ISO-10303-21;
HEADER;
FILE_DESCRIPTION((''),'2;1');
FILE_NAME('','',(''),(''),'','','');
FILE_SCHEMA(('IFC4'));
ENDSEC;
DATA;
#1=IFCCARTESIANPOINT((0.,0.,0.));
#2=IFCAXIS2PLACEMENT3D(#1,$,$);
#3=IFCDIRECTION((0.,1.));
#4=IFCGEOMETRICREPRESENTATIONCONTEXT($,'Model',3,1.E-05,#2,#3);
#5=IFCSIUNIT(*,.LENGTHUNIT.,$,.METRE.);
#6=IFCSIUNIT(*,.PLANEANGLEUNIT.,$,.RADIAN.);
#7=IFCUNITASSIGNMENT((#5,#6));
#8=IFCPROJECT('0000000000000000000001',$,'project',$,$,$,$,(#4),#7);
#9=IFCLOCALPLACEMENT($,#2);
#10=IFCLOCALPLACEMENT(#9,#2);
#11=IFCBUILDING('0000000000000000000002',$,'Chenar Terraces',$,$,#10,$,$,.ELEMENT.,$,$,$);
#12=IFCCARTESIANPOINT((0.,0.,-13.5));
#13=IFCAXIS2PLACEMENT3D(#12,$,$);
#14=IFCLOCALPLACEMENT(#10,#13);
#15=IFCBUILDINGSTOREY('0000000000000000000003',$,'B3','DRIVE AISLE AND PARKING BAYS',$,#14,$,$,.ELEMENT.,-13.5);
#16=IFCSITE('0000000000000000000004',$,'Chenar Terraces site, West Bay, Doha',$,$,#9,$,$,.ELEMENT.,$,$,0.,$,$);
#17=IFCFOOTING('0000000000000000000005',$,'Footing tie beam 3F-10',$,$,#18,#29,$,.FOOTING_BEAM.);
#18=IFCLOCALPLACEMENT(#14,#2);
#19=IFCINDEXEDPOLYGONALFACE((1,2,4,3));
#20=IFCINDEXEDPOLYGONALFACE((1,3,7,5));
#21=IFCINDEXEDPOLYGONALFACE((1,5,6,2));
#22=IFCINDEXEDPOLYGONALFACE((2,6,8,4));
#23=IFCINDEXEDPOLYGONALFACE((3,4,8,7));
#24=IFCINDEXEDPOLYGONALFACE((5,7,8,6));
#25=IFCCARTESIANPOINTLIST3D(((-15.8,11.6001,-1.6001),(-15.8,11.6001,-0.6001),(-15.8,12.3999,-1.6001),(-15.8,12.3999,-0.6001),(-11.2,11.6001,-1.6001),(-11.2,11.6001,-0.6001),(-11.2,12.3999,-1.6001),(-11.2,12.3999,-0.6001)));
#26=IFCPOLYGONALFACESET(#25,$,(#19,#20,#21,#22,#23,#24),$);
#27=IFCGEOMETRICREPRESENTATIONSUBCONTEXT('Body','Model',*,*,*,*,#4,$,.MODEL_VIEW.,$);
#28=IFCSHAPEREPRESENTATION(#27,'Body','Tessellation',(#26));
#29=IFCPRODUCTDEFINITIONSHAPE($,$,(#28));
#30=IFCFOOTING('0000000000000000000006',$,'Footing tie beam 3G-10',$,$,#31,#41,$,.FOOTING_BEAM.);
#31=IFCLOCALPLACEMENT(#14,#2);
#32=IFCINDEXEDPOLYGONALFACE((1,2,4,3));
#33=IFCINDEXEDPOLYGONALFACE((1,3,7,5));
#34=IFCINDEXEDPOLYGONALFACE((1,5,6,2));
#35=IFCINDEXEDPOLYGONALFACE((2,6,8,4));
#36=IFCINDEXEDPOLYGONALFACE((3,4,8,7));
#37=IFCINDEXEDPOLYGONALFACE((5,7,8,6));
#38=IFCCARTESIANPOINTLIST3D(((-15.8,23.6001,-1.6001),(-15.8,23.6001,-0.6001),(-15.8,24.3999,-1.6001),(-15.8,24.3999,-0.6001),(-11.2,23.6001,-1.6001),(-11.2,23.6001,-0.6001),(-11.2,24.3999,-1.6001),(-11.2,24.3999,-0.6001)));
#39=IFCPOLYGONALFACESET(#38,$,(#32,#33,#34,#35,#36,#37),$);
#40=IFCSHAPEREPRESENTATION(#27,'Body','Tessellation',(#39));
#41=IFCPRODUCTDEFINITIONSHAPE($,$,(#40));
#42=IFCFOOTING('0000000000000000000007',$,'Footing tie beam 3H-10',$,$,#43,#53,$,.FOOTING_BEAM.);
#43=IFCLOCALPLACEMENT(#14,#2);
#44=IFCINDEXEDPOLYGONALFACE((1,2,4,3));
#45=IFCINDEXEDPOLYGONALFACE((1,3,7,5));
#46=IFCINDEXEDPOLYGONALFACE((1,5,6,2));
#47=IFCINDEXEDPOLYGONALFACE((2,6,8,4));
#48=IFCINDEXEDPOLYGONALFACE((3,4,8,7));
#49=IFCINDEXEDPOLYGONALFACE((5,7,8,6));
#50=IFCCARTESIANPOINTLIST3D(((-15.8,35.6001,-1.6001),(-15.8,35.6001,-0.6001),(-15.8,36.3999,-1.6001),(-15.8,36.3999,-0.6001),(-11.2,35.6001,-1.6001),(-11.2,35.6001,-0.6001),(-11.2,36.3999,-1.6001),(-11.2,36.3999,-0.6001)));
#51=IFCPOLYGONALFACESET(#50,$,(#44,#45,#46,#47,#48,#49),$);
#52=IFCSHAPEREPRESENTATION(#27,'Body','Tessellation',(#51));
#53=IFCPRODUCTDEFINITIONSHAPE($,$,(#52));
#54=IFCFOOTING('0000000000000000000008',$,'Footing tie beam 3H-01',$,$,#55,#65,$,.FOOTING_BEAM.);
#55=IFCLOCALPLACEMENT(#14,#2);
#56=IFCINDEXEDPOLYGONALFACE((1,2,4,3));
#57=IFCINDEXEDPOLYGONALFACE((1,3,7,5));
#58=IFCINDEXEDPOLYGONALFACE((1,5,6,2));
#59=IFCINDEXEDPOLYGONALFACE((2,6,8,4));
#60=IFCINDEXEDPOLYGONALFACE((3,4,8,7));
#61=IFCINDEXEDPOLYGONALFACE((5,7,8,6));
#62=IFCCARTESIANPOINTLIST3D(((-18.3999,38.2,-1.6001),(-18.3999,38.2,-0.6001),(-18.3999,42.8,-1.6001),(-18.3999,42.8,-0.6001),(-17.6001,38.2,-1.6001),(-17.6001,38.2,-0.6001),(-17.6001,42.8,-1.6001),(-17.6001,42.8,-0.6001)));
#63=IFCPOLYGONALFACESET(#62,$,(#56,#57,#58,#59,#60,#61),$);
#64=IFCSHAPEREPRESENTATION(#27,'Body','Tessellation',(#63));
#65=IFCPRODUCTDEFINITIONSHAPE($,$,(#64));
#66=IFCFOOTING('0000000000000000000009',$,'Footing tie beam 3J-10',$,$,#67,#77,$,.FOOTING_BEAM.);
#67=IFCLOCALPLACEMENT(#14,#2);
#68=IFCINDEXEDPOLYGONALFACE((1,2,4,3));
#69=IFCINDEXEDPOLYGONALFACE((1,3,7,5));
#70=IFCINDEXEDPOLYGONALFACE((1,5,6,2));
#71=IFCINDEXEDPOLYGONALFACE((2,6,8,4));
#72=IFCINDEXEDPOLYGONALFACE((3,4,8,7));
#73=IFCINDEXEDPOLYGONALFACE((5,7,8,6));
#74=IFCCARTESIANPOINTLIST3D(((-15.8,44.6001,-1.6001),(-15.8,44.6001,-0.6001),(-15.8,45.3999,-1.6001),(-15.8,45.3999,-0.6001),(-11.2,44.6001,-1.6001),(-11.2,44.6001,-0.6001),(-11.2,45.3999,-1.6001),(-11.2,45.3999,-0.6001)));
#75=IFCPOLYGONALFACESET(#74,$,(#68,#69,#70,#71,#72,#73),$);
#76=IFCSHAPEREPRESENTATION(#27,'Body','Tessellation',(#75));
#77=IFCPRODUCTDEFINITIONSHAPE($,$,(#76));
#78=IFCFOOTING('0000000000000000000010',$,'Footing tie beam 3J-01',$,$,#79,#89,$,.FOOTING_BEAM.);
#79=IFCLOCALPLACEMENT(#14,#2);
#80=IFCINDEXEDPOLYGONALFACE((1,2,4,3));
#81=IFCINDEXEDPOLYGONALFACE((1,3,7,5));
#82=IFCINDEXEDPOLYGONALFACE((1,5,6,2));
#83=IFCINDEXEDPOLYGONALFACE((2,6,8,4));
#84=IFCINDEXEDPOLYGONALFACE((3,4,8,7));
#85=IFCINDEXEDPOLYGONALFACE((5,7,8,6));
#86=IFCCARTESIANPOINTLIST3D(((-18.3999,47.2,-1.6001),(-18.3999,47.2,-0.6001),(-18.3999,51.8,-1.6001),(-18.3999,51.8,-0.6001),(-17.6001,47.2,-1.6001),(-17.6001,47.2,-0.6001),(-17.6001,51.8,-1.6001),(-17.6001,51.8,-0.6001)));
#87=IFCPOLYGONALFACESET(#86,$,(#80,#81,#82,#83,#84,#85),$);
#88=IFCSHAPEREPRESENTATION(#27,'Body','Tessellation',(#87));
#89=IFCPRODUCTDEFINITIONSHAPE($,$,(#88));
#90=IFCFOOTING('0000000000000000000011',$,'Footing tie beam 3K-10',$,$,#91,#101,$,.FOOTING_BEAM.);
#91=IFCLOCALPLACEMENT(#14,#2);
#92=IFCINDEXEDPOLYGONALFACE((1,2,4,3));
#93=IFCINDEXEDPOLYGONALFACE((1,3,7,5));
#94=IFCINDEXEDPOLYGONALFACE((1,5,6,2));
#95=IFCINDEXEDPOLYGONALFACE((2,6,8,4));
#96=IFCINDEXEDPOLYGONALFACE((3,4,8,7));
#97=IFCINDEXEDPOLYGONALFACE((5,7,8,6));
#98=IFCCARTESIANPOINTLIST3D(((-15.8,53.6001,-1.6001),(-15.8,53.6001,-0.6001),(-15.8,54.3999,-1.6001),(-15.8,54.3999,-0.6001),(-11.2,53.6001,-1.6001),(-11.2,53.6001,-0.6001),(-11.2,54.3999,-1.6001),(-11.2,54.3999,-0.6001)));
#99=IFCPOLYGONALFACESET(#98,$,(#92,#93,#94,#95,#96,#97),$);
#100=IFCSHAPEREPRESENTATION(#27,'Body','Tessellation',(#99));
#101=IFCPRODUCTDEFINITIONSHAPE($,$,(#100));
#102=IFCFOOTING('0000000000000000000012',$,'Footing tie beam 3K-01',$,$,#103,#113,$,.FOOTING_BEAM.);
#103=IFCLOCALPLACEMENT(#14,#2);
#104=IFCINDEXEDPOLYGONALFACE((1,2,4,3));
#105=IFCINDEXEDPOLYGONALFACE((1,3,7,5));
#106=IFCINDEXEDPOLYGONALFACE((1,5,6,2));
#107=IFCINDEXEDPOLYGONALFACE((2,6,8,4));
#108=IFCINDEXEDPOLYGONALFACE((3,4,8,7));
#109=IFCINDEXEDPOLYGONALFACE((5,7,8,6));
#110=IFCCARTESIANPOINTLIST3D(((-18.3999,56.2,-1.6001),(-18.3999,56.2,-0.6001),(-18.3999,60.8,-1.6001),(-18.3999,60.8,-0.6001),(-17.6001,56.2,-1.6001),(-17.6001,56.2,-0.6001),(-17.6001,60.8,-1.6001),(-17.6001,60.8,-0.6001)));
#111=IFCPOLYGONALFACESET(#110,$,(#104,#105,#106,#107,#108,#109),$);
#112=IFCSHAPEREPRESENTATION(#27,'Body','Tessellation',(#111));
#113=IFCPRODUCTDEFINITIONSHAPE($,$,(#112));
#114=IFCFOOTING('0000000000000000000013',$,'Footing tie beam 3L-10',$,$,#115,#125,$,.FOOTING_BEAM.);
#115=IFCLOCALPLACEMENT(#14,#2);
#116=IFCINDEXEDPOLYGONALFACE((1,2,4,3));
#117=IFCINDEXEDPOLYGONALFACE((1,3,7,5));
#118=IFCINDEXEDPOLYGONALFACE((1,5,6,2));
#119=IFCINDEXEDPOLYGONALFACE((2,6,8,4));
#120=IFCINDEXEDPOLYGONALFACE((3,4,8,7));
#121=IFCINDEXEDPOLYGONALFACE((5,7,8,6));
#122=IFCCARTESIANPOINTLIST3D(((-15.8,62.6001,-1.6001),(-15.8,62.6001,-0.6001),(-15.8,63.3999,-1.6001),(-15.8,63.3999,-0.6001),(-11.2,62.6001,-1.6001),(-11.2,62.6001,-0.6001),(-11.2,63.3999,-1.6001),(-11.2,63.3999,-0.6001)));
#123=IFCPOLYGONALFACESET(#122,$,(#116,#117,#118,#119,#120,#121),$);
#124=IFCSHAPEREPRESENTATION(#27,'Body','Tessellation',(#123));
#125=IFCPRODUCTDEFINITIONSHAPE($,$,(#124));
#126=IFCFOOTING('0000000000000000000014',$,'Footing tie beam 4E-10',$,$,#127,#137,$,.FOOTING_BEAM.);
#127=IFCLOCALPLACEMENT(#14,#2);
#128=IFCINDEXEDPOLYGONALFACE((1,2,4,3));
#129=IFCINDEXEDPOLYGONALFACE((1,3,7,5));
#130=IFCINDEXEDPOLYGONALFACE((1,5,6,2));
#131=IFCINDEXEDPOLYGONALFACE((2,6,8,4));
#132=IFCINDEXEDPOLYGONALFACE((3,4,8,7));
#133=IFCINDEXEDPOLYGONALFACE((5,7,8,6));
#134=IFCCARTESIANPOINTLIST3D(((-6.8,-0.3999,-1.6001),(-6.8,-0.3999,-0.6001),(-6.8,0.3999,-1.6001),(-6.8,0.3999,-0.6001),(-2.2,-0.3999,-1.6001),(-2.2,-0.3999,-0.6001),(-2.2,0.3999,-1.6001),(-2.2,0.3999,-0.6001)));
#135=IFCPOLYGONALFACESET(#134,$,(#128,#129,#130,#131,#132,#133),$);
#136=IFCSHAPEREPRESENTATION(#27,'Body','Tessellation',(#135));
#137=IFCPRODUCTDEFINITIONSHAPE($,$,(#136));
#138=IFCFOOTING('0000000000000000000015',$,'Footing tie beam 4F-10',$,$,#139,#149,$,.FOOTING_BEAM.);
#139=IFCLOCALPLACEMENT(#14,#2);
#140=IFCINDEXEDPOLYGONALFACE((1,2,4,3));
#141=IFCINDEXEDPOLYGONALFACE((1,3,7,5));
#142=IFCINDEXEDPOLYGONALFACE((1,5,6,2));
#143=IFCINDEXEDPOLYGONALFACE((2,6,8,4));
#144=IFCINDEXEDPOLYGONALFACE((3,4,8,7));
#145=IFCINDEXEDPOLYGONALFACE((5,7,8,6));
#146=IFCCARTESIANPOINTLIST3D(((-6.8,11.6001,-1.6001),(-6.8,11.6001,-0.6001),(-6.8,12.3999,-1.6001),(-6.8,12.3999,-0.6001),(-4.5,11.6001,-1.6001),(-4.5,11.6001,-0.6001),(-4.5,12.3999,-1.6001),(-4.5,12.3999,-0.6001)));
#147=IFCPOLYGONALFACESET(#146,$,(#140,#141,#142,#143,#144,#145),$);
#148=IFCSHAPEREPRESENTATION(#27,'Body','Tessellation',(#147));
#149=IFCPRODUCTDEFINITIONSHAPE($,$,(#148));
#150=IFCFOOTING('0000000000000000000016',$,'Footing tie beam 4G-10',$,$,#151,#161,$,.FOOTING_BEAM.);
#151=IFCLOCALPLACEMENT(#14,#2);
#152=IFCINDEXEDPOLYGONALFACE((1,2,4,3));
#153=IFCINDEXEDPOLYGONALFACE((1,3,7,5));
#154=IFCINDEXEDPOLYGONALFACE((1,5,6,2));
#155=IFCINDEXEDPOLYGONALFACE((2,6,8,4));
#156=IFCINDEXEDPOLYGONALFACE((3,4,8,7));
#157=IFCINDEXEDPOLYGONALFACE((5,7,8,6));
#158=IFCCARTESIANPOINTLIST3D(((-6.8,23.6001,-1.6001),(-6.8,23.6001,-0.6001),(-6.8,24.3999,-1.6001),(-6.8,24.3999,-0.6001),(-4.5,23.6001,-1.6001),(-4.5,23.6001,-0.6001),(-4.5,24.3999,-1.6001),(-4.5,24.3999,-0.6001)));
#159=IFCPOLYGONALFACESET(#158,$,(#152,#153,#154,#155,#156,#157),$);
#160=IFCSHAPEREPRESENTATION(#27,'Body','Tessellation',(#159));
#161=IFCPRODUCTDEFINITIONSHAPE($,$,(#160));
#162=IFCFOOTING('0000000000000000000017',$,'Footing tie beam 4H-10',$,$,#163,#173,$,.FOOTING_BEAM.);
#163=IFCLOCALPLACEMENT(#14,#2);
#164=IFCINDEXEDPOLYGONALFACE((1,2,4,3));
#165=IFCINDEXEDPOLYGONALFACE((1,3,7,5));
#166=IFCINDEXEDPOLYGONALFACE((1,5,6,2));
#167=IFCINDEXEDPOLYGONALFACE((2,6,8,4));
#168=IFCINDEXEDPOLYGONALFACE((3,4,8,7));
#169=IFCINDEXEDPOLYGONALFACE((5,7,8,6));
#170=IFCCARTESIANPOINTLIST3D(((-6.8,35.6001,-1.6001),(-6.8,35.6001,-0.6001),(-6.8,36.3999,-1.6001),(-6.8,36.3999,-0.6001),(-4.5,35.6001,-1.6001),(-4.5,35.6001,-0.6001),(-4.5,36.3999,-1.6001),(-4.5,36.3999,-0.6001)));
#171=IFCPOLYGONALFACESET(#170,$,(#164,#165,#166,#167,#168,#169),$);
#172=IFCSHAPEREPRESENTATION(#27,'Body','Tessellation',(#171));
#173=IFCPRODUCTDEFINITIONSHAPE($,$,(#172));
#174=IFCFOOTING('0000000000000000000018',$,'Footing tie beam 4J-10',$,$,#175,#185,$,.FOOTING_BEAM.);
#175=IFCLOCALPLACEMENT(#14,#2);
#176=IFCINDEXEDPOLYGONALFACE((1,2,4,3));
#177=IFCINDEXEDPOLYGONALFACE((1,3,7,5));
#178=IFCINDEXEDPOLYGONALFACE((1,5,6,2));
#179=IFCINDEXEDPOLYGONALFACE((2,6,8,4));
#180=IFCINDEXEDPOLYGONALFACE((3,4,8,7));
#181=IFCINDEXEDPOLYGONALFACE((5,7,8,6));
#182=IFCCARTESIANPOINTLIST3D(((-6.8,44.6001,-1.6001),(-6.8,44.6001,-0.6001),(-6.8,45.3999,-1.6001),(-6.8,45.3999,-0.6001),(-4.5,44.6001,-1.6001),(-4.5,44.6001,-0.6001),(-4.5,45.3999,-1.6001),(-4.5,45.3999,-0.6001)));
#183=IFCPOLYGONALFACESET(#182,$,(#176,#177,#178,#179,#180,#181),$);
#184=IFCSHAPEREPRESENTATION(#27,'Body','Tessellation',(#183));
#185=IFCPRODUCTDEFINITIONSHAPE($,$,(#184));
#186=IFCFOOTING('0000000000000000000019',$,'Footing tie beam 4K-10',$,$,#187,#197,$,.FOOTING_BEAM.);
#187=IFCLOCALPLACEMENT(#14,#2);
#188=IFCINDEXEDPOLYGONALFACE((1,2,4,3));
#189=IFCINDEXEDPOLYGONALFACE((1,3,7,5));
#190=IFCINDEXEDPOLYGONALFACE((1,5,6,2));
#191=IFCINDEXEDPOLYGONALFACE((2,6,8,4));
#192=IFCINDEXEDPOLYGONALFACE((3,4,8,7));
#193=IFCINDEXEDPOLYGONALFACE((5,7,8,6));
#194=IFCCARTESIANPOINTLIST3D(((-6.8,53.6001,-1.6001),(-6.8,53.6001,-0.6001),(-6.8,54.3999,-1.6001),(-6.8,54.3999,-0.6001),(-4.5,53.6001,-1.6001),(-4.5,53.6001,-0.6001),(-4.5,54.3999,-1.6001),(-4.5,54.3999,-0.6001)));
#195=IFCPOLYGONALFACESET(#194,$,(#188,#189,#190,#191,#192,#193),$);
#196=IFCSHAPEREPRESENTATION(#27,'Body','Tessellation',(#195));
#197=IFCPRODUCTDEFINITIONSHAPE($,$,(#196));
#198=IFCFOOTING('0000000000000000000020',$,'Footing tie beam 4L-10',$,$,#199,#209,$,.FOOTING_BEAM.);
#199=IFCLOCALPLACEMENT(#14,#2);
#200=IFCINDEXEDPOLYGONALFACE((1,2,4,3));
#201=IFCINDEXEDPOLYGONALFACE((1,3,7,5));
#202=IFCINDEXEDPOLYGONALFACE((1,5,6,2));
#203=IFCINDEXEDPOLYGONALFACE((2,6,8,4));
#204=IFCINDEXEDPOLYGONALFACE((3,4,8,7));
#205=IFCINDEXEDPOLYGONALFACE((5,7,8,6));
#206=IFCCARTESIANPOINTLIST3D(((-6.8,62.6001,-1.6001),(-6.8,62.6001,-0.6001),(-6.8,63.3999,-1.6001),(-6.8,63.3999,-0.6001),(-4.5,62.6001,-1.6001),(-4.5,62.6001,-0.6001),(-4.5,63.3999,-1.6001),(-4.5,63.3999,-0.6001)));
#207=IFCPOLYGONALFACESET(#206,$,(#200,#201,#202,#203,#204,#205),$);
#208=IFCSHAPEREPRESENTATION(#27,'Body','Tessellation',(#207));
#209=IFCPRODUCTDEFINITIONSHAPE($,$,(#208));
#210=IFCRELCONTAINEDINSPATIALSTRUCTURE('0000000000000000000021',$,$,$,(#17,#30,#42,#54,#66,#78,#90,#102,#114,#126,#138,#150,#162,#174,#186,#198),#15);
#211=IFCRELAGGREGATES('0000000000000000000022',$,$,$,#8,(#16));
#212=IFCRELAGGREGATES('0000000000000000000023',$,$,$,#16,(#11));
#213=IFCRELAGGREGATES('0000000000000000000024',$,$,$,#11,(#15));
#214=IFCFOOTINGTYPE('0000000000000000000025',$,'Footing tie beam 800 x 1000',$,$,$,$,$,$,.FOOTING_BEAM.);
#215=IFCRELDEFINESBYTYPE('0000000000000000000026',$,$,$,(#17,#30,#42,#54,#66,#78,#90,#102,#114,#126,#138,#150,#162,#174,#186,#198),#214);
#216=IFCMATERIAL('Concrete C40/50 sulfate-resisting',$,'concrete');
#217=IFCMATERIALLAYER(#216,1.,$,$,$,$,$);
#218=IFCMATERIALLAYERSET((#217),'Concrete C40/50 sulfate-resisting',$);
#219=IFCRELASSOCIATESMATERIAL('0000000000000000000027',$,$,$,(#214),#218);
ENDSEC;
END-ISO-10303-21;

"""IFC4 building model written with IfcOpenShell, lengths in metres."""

from ifc_helpers import new_model, si_unit, direction, frame, origin, place, context, subcontext, project, spatial, polyline, outline, extrude, material, layer, layer_set, type_object, element, save


model = new_model("IFC4")

# Units and contexts
model_context = context("Model", 3, precision=1e-05, world=origin(), true_north=direction((0.0, 1.0)))
body_context = subcontext(model_context, "Body", "Model", "MODEL_VIEW")
ifc_project = project(units=[si_unit("LENGTHUNIT", "METRE"), si_unit("PLANEANGLEUNIT", "RADIAN")], contexts=[model_context])

# Site, building, storey
site_placement = place(None, origin())
site = spatial("IfcSite", under=ifc_project, at=site_placement, Name="Chenar Terraces site, West Bay, Doha", CompositionType="ELEMENT", RefElevation=0.0)
building_placement = place(site_placement, origin())
building = spatial("IfcBuilding", under=site, at=building_placement, Name="Chenar Terraces", CompositionType="ELEMENT")
storey_placement = place(building_placement, frame((0.0, 0.0, -13.5)))
storey = spatial("IfcBuildingStorey", under=building, at=storey_placement, Name="B3", Description="DRIVE AISLE AND PARKING BAYS", CompositionType="ELEMENT", Elevation=-13.5)

# Footings
ifc_material_1 = material(Name="Concrete C40/50 sulfate-resisting", Category="concrete")
ifc_layer_1 = layer(ifc_material_1, 1.0)
ifc_layer_set_1 = layer_set([ifc_layer_1], Name="Concrete C40/50 sulfate-resisting")
footing_type_1 = type_object("IfcFootingType", Name="Footing tie beam 800 x 1000", PredefinedType="FOOTING_BEAM", material=ifc_layer_set_1)
placement_1 = place(storey_placement, frame((0.0, 0.0, -1.6001)))
element("IfcFooting", 1, at=placement_1, inside=storey, type_object=footing_type_1, Name="Footing tie beam 3F-10", PredefinedType="FOOTING_BEAM", context=body_context, shape_type="SweptSolid", body=[
    extrude(outline(polyline([(-11.2, 11.6001), (-11.2, 12.3999), (-15.8, 12.3999), (-15.8, 11.6001), (-11.2, 11.6001)])), origin(), (0.0, 0.0, 1.0), 1.0),
])
element("IfcFooting", 2, at=placement_1, inside=storey, type_object=footing_type_1, Name="Footing tie beam 3G-10", PredefinedType="FOOTING_BEAM", context=body_context, shape_type="SweptSolid", body=[
    extrude(outline(polyline([(-11.2, 23.6001), (-11.2, 24.3999), (-15.8, 24.3999), (-15.8, 23.6001), (-11.2, 23.6001)])), origin(), (0.0, 0.0, 1.0), 1.0),
])
element("IfcFooting", 3, at=placement_1, inside=storey, type_object=footing_type_1, Name="Footing tie beam 3H-10", PredefinedType="FOOTING_BEAM", context=body_context, shape_type="SweptSolid", body=[
    extrude(outline(polyline([(-11.2, 35.6001), (-11.2, 36.3999), (-15.8, 36.3999), (-15.8, 35.6001), (-11.2, 35.6001)])), origin(), (0.0, 0.0, 1.0), 1.0),
])
element("IfcFooting", 4, at=placement_1, inside=storey, type_object=footing_type_1, Name="Footing tie beam 3H-01", PredefinedType="FOOTING_BEAM", context=body_context, shape_type="SweptSolid", body=[
    extrude(outline(polyline([(-17.6001, 38.2), (-17.6001, 42.8), (-18.3999, 42.8), (-18.3999, 38.2), (-17.6001, 38.2)])), origin(), (0.0, 0.0, 1.0), 1.0),
])
element("IfcFooting", 5, at=placement_1, inside=storey, type_object=footing_type_1, Name="Footing tie beam 3J-10", PredefinedType="FOOTING_BEAM", context=body_context, shape_type="SweptSolid", body=[
    extrude(outline(polyline([(-11.2, 44.6001), (-11.2, 45.3999), (-15.8, 45.3999), (-15.8, 44.6001), (-11.2, 44.6001)])), origin(), (0.0, 0.0, 1.0), 1.0),
])
element("IfcFooting", 6, at=placement_1, inside=storey, type_object=footing_type_1, Name="Footing tie beam 3J-01", PredefinedType="FOOTING_BEAM", context=body_context, shape_type="SweptSolid", body=[
    extrude(outline(polyline([(-17.6001, 47.2), (-17.6001, 51.8), (-18.3999, 51.8), (-18.3999, 47.2), (-17.6001, 47.2)])), origin(), (0.0, 0.0, 1.0), 1.0),
])
element("IfcFooting", 7, at=placement_1, inside=storey, type_object=footing_type_1, Name="Footing tie beam 3K-10", PredefinedType="FOOTING_BEAM", context=body_context, shape_type="SweptSolid", body=[
    extrude(outline(polyline([(-11.2, 53.6001), (-11.2, 54.3999), (-15.8, 54.3999), (-15.8, 53.6001), (-11.2, 53.6001)])), origin(), (0.0, 0.0, 1.0), 1.0),
])
element("IfcFooting", 8, at=placement_1, inside=storey, type_object=footing_type_1, Name="Footing tie beam 3K-01", PredefinedType="FOOTING_BEAM", context=body_context, shape_type="SweptSolid", body=[
    extrude(outline(polyline([(-17.6001, 56.2), (-17.6001, 60.8), (-18.3999, 60.8), (-18.3999, 56.2), (-17.6001, 56.2)])), origin(), (0.0, 0.0, 1.0), 1.0),
])
element("IfcFooting", 9, at=placement_1, inside=storey, type_object=footing_type_1, Name="Footing tie beam 3L-10", PredefinedType="FOOTING_BEAM", context=body_context, shape_type="SweptSolid", body=[
    extrude(outline(polyline([(-11.2, 62.6001), (-11.2, 63.3999), (-15.8, 63.3999), (-15.8, 62.6001), (-11.2, 62.6001)])), origin(), (0.0, 0.0, 1.0), 1.0),
])
element("IfcFooting", 10, at=placement_1, inside=storey, type_object=footing_type_1, Name="Footing tie beam 4E-10", PredefinedType="FOOTING_BEAM", context=body_context, shape_type="SweptSolid", body=[
    extrude(outline(polyline([(-2.2, -0.3999), (-2.2, 0.3999), (-6.8, 0.3999), (-6.8, -0.3999), (-2.2, -0.3999)])), origin(), (0.0, 0.0, 1.0), 1.0),
])
element("IfcFooting", 11, at=placement_1, inside=storey, type_object=footing_type_1, Name="Footing tie beam 4F-10", PredefinedType="FOOTING_BEAM", context=body_context, shape_type="SweptSolid", body=[
    extrude(outline(polyline([(-4.5, 11.6001), (-4.5, 12.3999), (-6.8, 12.3999), (-6.8, 11.6001), (-4.5, 11.6001)])), origin(), (0.0, 0.0, 1.0), 1.0),
])
element("IfcFooting", 12, at=placement_1, inside=storey, type_object=footing_type_1, Name="Footing tie beam 4G-10", PredefinedType="FOOTING_BEAM", context=body_context, shape_type="SweptSolid", body=[
    extrude(outline(polyline([(-4.5, 23.6001), (-4.5, 24.3999), (-6.8, 24.3999), (-6.8, 23.6001), (-4.5, 23.6001)])), origin(), (0.0, 0.0, 1.0), 1.0),
])
element("IfcFooting", 13, at=placement_1, inside=storey, type_object=footing_type_1, Name="Footing tie beam 4H-10", PredefinedType="FOOTING_BEAM", context=body_context, shape_type="SweptSolid", body=[
    extrude(outline(polyline([(-4.5, 35.6001), (-4.5, 36.3999), (-6.8, 36.3999), (-6.8, 35.6001), (-4.5, 35.6001)])), origin(), (0.0, 0.0, 1.0), 1.0),
])
element("IfcFooting", 14, at=placement_1, inside=storey, type_object=footing_type_1, Name="Footing tie beam 4J-10", PredefinedType="FOOTING_BEAM", context=body_context, shape_type="SweptSolid", body=[
    extrude(outline(polyline([(-4.5, 44.6001), (-4.5, 45.3999), (-6.8, 45.3999), (-6.8, 44.6001), (-4.5, 44.6001)])), origin(), (0.0, 0.0, 1.0), 1.0),
])
element("IfcFooting", 15, at=placement_1, inside=storey, type_object=footing_type_1, Name="Footing tie beam 4K-10", PredefinedType="FOOTING_BEAM", context=body_context, shape_type="SweptSolid", body=[
    extrude(outline(polyline([(-4.5, 53.6001), (-4.5, 54.3999), (-6.8, 54.3999), (-6.8, 53.6001), (-4.5, 53.6001)])), origin(), (0.0, 0.0, 1.0), 1.0),
])
element("IfcFooting", 16, at=placement_1, inside=storey, type_object=footing_type_1, Name="Footing tie beam 4L-10", PredefinedType="FOOTING_BEAM", context=body_context, shape_type="SweptSolid", body=[
    extrude(outline(polyline([(-4.5, 62.6001), (-4.5, 63.3999), (-6.8, 63.3999), (-6.8, 62.6001), (-4.5, 62.6001)])), origin(), (0.0, 0.0, 1.0), 1.0),
])

save(model, "model.ifc")
